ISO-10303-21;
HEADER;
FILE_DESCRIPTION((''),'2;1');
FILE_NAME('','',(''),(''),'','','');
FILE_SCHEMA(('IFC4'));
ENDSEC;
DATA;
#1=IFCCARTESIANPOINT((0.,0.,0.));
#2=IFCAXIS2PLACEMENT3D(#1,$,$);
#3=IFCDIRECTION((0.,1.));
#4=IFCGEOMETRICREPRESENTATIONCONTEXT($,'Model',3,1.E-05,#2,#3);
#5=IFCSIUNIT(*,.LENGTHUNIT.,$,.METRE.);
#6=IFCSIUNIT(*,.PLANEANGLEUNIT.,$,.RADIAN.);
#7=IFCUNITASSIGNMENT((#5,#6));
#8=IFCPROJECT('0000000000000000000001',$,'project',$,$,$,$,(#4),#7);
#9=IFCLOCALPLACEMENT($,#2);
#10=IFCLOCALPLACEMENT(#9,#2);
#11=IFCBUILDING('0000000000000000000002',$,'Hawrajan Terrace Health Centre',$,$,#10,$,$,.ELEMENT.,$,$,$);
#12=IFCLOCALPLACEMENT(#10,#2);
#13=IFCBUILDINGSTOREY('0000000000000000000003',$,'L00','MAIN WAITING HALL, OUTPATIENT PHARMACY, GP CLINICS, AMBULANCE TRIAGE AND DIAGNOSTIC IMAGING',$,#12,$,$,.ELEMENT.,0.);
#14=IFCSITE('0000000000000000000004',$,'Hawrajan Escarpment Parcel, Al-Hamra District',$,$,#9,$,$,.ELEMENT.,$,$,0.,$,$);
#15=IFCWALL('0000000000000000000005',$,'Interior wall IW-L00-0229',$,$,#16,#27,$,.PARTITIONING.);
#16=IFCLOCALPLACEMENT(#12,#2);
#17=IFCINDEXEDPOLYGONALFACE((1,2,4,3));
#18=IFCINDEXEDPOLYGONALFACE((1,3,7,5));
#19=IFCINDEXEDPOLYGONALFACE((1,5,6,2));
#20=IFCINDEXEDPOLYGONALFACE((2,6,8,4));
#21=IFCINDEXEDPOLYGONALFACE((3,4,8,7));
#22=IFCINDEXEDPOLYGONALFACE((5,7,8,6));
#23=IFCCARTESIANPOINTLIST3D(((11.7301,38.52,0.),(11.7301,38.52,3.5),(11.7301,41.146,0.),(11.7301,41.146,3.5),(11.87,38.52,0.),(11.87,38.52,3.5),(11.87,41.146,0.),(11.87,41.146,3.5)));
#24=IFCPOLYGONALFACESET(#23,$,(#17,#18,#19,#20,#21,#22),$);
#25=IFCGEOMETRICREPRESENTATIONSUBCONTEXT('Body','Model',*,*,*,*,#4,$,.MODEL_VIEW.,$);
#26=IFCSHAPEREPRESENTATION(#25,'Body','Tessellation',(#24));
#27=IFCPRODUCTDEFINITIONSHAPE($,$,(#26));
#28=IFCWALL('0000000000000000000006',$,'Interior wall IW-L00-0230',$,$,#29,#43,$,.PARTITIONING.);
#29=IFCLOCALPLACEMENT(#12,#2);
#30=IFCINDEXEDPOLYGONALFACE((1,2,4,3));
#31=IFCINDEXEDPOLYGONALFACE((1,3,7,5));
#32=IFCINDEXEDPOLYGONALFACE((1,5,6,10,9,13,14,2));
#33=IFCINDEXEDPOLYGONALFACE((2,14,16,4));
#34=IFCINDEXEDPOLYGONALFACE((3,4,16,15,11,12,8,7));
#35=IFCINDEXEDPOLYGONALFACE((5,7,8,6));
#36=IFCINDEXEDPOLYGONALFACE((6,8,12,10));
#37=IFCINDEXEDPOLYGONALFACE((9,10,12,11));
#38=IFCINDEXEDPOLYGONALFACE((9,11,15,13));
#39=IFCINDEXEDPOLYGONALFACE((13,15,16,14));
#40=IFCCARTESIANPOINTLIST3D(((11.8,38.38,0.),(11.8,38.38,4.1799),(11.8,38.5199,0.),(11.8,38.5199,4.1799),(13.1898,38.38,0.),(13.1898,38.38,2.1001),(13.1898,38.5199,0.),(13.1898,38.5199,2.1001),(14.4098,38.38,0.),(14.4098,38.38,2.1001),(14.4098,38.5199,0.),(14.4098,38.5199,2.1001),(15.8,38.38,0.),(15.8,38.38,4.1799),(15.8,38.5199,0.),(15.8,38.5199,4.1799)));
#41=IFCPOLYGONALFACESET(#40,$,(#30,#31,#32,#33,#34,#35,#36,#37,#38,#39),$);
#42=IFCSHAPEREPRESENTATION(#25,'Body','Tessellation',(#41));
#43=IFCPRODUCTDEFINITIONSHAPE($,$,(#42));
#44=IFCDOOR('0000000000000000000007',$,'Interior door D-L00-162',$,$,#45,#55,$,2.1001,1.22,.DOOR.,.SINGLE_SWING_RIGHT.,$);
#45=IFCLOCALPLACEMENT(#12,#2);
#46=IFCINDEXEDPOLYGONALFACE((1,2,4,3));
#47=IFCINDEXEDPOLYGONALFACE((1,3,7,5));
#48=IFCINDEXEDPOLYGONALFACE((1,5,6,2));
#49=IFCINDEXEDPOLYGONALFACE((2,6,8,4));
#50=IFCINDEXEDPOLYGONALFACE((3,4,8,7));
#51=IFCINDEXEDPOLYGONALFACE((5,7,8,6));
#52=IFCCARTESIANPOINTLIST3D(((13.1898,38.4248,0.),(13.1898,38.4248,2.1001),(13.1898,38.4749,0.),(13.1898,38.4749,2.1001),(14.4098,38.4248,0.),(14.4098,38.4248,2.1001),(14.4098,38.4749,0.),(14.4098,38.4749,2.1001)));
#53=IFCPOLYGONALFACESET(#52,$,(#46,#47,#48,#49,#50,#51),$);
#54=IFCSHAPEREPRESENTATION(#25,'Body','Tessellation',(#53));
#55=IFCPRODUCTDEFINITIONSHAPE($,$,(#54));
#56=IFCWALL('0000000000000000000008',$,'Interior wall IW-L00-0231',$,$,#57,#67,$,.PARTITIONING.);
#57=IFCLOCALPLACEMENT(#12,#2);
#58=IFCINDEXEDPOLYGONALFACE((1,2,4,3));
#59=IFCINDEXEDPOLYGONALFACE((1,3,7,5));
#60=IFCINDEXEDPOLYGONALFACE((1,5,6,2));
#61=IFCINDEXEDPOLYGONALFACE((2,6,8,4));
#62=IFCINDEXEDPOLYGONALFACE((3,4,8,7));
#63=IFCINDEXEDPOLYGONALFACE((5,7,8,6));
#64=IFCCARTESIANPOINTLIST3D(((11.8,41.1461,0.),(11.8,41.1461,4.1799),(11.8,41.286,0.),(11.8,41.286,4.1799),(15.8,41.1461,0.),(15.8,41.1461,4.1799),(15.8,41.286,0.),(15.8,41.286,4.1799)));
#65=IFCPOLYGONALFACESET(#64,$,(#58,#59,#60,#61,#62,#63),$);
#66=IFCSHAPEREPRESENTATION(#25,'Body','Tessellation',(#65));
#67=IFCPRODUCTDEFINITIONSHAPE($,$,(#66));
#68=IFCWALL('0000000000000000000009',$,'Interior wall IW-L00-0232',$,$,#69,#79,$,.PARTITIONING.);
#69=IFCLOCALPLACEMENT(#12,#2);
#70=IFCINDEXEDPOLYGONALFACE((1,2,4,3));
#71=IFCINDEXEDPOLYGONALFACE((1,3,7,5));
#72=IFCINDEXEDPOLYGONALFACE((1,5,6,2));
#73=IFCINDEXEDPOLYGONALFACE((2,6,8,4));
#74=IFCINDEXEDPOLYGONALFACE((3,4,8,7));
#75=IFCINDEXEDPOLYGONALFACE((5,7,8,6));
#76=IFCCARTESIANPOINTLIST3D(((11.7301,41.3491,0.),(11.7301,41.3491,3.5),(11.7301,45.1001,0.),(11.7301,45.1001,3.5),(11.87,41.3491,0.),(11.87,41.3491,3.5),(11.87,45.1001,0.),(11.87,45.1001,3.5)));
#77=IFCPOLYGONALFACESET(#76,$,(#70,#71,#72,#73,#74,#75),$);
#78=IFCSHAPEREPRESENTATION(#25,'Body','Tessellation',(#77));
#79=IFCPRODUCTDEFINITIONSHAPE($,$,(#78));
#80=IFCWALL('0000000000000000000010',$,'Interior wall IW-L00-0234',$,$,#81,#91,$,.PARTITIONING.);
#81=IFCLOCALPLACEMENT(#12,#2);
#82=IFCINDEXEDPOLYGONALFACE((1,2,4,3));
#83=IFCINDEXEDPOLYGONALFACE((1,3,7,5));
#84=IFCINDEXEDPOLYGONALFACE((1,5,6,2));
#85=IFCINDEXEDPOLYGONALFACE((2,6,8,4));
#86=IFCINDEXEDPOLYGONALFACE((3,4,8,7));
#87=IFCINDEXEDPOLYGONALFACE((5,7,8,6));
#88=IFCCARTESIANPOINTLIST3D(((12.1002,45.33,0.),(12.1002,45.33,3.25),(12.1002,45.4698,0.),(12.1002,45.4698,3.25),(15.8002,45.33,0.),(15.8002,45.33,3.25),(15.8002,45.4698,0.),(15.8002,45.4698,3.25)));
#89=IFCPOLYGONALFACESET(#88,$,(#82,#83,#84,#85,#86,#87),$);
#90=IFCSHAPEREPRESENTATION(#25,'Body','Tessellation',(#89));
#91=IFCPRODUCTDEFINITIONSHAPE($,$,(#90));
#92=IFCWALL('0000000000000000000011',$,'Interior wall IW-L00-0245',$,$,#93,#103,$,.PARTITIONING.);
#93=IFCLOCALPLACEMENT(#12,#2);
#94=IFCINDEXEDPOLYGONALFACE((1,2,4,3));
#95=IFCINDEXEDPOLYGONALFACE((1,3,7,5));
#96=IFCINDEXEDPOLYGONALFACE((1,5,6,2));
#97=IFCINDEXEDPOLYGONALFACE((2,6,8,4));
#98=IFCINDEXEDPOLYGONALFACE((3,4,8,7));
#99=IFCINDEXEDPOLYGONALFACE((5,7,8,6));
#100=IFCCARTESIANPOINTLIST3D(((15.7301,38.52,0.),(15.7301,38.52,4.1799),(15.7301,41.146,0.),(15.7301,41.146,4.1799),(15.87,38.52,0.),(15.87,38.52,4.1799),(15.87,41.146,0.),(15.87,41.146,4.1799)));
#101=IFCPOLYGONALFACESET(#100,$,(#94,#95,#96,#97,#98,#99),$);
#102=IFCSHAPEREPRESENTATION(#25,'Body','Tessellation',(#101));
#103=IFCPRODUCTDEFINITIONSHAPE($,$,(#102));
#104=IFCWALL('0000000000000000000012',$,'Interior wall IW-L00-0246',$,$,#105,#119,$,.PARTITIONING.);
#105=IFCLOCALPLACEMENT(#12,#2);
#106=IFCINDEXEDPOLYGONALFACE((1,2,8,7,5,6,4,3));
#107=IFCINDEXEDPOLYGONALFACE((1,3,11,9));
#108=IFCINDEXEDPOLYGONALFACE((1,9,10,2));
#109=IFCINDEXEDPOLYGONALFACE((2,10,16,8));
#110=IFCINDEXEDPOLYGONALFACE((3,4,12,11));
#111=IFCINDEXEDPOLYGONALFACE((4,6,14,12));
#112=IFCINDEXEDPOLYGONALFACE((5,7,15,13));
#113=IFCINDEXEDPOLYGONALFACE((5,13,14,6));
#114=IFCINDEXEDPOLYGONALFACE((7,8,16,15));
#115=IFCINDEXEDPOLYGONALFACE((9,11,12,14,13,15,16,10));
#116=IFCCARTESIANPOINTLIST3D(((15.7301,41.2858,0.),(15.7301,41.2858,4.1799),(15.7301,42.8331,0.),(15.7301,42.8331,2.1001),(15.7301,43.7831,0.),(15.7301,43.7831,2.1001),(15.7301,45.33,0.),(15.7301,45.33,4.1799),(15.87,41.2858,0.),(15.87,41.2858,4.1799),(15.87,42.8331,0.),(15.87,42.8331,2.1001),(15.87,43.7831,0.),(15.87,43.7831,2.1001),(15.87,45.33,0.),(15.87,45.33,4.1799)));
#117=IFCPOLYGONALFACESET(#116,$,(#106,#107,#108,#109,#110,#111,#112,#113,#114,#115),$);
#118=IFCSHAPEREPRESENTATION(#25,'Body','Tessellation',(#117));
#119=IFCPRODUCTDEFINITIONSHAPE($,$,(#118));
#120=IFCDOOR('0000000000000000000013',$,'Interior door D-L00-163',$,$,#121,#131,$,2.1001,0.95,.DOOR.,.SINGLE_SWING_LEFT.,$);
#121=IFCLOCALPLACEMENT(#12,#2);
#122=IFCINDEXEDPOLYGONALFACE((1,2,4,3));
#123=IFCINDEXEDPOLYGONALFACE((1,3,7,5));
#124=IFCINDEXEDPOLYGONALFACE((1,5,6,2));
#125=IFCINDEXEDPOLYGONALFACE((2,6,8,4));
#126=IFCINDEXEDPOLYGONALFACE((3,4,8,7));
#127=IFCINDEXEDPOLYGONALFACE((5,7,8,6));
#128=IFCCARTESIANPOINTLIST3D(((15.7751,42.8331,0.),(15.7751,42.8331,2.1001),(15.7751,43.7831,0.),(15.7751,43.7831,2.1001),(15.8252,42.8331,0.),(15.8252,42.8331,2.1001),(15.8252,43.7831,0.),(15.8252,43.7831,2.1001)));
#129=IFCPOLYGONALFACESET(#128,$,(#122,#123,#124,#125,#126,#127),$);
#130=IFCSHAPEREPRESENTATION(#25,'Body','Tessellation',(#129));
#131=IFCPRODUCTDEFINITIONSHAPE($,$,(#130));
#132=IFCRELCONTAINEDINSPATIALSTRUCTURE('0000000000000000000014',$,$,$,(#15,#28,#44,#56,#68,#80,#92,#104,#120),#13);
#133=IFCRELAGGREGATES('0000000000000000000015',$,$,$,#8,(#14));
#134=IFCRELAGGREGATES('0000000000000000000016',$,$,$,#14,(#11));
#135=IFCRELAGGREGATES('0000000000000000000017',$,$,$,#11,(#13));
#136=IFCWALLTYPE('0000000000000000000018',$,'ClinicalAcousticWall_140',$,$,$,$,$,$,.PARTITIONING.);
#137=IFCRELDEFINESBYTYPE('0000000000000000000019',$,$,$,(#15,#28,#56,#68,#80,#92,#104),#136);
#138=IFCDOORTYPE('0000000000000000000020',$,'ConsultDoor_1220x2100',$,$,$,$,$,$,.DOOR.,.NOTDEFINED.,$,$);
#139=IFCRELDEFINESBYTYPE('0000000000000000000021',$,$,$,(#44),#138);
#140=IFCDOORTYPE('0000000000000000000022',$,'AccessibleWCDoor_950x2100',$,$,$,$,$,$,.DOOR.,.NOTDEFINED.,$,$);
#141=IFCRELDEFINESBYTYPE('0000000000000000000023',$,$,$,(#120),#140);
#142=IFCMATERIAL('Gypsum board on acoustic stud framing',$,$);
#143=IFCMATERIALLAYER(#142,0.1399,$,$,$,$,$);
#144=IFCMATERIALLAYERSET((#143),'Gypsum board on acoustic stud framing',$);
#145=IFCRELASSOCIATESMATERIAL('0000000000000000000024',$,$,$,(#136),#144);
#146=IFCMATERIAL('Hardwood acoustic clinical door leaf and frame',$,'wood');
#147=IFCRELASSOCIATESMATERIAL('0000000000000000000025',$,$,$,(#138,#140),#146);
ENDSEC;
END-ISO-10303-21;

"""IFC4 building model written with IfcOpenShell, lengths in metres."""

from ifc_helpers import new_model, si_unit, direction, frame, frame_2d, origin, place, context, subcontext, project, spatial, rectangle, extrude, material, layer, layer_set, type_object, element, fill, save


model = new_model("IFC4")

# Units and contexts
model_context = context("Model", 3, precision=1e-05, world=origin(), true_north=direction((0.0, 1.0)))
body_context = subcontext(model_context, "Body", "Model", "MODEL_VIEW")
ifc_project = project(units=[si_unit("LENGTHUNIT", "METRE"), si_unit("PLANEANGLEUNIT", "RADIAN")], contexts=[model_context])

# Site, building, storey
site_placement = place(None, origin())
site = spatial("IfcSite", under=ifc_project, at=site_placement, Name="Hawrajan Escarpment Parcel, Al-Hamra District", CompositionType="ELEMENT", RefElevation=0.0)
building_placement = place(site_placement, origin())
building = spatial("IfcBuilding", under=site, at=building_placement, Name="Hawrajan Terrace Health Centre", CompositionType="ELEMENT")
storey_placement = place(building_placement, origin())
storey = spatial("IfcBuildingStorey", under=building, at=storey_placement, Name="L00", Description="MAIN WAITING HALL, OUTPATIENT PHARMACY, GP CLINICS, AMBULANCE TRIAGE AND DIAGNOSTIC IMAGING", CompositionType="ELEMENT", Elevation=0.0)

# Shared definitions
ifc_material_1 = material(Name="Gypsum board on acoustic stud framing")
ifc_layer_1 = layer(ifc_material_1, 0.1399)
ifc_layer_set_1 = layer_set([ifc_layer_1], Name="Gypsum board on acoustic stud framing")
wall_type_1 = type_object("IfcWallType", Name="ClinicalAcousticWall_140", PredefinedType="PARTITIONING", material=ifc_layer_set_1)
ifc_material_2 = material(Name="Hardwood acoustic clinical door leaf and frame", Category="wood")

# Wall
wall_1_placement = place(storey_placement, frame((11.8, 38.52, 0.0), z_axis=(0.0, 0.0, 1.0), x_axis=(0.0, 1.0, 0.0)))
element("IfcWall", 1, at=wall_1_placement, inside=storey, type_object=wall_type_1, Name="Interior wall IW-L00-0229", PredefinedType="PARTITIONING", context=body_context, shape_type="SweptSolid", body=[
    extrude(rectangle(XDim=2.626, YDim=0.1399, at=frame_2d((1.313, 0.0))), origin(), (0.0, 0.0, 1.0), 3.5),
])

# Wall, opening, door
wall_2_placement = place(storey_placement, frame((11.8, 38.45, 0.0), z_axis=(0.0, 0.0, 1.0), x_axis=(1.0, 0.0, 0.0)))
wall_2 = element("IfcWall", 2, at=wall_2_placement, inside=storey, type_object=wall_type_1, Name="Interior wall IW-L00-0230", PredefinedType="PARTITIONING", context=body_context, shape_type="SweptSolid", body=[
    extrude(rectangle(XDim=4.0, YDim=0.1399, at=frame_2d((2.0, 0.0))), origin(), (0.0, 0.0, 1.0), 4.1799),
])
opening_1_placement = place(wall_2_placement, frame((1.3899, 0.0, 0.0)))
opening_1 = element("IfcOpeningElement", 3, at=opening_1_placement, cuts=wall_2, PredefinedType="OPENING", context=body_context, shape_type="SweptSolid", body=[
    extrude(rectangle(XDim=1.22, YDim=2.1001, at=frame_2d((0.6099, 1.05))), frame((0.0, 0.0798, 0.0), z_axis=(0.0, -1.0, 0.0), x_axis=(1.0, 0.0, 0.0)), (0.0, 0.0, 1.0), 0.1599),
])
door_type_1 = type_object("IfcDoorType", Name="ConsultDoor_1220x2100", OperationType="NOTDEFINED", PredefinedType="DOOR", material=ifc_material_2)
door_1_placement = place(opening_1_placement, origin())
door_1 = element("IfcDoor", 4, at=door_1_placement, inside=storey, type_object=door_type_1, Name="Interior door D-L00-162", OperationType="SINGLE_SWING_RIGHT", OverallHeight=2.1001, OverallWidth=1.22, PredefinedType="DOOR", context=body_context, shape_type="SweptSolid", body=[
    extrude(rectangle(XDim=1.22, YDim=2.1001, at=frame_2d((0.6099, 1.05))), frame((0.0, 0.0249, 0.0), z_axis=(0.0, -1.0, 0.0), x_axis=(1.0, 0.0, 0.0)), (0.0, 0.0, 1.0), 0.05),
])
fill(opening_1, door_1)

# Walls
wall_3_placement = place(storey_placement, frame((11.8, 41.2161, 0.0), z_axis=(0.0, 0.0, 1.0), x_axis=(1.0, 0.0, 0.0)))
element("IfcWall", 5, at=wall_3_placement, inside=storey, type_object=wall_type_1, Name="Interior wall IW-L00-0231", PredefinedType="PARTITIONING", context=body_context, shape_type="SweptSolid", body=[
    extrude(rectangle(XDim=4.0, YDim=0.1399, at=frame_2d((2.0, 0.0))), origin(), (0.0, 0.0, 1.0), 4.1799),
])
wall_4_placement = place(storey_placement, frame((11.8, 41.3491, 0.0), z_axis=(0.0, 0.0, 1.0), x_axis=(0.0, 1.0, 0.0)))
element("IfcWall", 6, at=wall_4_placement, inside=storey, type_object=wall_type_1, Name="Interior wall IW-L00-0232", PredefinedType="PARTITIONING", context=body_context, shape_type="SweptSolid", body=[
    extrude(rectangle(XDim=3.751, YDim=0.1399, at=frame_2d((1.8755, 0.0))), origin(), (0.0, 0.0, 1.0), 3.5),
])
wall_5_placement = place(storey_placement, frame((12.1001, 45.3999, 0.0), z_axis=(0.0, 0.0, 1.0), x_axis=(1.0, 0.0, 0.0)))
element("IfcWall", 7, at=wall_5_placement, inside=storey, type_object=wall_type_1, Name="Interior wall IW-L00-0234", PredefinedType="PARTITIONING", context=body_context, shape_type="SweptSolid", body=[
    extrude(rectangle(XDim=3.7, YDim=0.1399, at=frame_2d((1.8501, 0.0))), origin(), (0.0, 0.0, 1.0), 3.25),
])
wall_6_placement = place(storey_placement, frame((15.8, 38.52, 0.0), z_axis=(0.0, 0.0, 1.0), x_axis=(0.0, 1.0, 0.0)))
element("IfcWall", 8, at=wall_6_placement, inside=storey, type_object=wall_type_1, Name="Interior wall IW-L00-0245", PredefinedType="PARTITIONING", context=body_context, shape_type="SweptSolid", body=[
    extrude(rectangle(XDim=2.626, YDim=0.1399, at=frame_2d((1.313, 0.0))), origin(), (0.0, 0.0, 1.0), 4.1799),
])

# Wall, opening, door
wall_7_placement = place(storey_placement, frame((15.8, 41.2859, 0.0), z_axis=(0.0, 0.0, 1.0), x_axis=(0.0, 1.0, 0.0)))
wall_7 = element("IfcWall", 9, at=wall_7_placement, inside=storey, type_object=wall_type_1, Name="Interior wall IW-L00-0246", PredefinedType="PARTITIONING", context=body_context, shape_type="SweptSolid", body=[
    extrude(rectangle(XDim=4.0442, YDim=0.1399, at=frame_2d((2.022, 0.0))), origin(), (0.0, 0.0, 1.0), 4.1799),
])
opening_2_placement = place(wall_7_placement, frame((1.5471, 0.0, 0.0)))
opening_2 = element("IfcOpeningElement", 10, at=opening_2_placement, cuts=wall_7, PredefinedType="OPENING", context=body_context, shape_type="SweptSolid", body=[
    extrude(rectangle(XDim=0.95, YDim=2.1001, at=frame_2d((0.4751, 1.05))), frame((0.0, 0.0798, 0.0), z_axis=(0.0, -1.0, 0.0), x_axis=(1.0, 0.0, 0.0)), (0.0, 0.0, 1.0), 0.1599),
])
door_type_2 = type_object("IfcDoorType", Name="AccessibleWCDoor_950x2100", OperationType="NOTDEFINED", PredefinedType="DOOR", material=ifc_material_2)
door_2_placement = place(opening_2_placement, origin())
door_2 = element("IfcDoor", 11, at=door_2_placement, inside=storey, type_object=door_type_2, Name="Interior door D-L00-163", OperationType="SINGLE_SWING_LEFT", OverallHeight=2.1001, OverallWidth=0.95, PredefinedType="DOOR", context=body_context, shape_type="SweptSolid", body=[
    extrude(rectangle(XDim=0.95, YDim=2.1001, at=frame_2d((0.4751, 1.05))), frame((0.0, 0.0249, 0.0), z_axis=(0.0, -1.0, 0.0), x_axis=(1.0, 0.0, 0.0)), (0.0, 0.0, 1.0), 0.05),
])
fill(opening_2, door_2)

save(model, "model.ifc")
